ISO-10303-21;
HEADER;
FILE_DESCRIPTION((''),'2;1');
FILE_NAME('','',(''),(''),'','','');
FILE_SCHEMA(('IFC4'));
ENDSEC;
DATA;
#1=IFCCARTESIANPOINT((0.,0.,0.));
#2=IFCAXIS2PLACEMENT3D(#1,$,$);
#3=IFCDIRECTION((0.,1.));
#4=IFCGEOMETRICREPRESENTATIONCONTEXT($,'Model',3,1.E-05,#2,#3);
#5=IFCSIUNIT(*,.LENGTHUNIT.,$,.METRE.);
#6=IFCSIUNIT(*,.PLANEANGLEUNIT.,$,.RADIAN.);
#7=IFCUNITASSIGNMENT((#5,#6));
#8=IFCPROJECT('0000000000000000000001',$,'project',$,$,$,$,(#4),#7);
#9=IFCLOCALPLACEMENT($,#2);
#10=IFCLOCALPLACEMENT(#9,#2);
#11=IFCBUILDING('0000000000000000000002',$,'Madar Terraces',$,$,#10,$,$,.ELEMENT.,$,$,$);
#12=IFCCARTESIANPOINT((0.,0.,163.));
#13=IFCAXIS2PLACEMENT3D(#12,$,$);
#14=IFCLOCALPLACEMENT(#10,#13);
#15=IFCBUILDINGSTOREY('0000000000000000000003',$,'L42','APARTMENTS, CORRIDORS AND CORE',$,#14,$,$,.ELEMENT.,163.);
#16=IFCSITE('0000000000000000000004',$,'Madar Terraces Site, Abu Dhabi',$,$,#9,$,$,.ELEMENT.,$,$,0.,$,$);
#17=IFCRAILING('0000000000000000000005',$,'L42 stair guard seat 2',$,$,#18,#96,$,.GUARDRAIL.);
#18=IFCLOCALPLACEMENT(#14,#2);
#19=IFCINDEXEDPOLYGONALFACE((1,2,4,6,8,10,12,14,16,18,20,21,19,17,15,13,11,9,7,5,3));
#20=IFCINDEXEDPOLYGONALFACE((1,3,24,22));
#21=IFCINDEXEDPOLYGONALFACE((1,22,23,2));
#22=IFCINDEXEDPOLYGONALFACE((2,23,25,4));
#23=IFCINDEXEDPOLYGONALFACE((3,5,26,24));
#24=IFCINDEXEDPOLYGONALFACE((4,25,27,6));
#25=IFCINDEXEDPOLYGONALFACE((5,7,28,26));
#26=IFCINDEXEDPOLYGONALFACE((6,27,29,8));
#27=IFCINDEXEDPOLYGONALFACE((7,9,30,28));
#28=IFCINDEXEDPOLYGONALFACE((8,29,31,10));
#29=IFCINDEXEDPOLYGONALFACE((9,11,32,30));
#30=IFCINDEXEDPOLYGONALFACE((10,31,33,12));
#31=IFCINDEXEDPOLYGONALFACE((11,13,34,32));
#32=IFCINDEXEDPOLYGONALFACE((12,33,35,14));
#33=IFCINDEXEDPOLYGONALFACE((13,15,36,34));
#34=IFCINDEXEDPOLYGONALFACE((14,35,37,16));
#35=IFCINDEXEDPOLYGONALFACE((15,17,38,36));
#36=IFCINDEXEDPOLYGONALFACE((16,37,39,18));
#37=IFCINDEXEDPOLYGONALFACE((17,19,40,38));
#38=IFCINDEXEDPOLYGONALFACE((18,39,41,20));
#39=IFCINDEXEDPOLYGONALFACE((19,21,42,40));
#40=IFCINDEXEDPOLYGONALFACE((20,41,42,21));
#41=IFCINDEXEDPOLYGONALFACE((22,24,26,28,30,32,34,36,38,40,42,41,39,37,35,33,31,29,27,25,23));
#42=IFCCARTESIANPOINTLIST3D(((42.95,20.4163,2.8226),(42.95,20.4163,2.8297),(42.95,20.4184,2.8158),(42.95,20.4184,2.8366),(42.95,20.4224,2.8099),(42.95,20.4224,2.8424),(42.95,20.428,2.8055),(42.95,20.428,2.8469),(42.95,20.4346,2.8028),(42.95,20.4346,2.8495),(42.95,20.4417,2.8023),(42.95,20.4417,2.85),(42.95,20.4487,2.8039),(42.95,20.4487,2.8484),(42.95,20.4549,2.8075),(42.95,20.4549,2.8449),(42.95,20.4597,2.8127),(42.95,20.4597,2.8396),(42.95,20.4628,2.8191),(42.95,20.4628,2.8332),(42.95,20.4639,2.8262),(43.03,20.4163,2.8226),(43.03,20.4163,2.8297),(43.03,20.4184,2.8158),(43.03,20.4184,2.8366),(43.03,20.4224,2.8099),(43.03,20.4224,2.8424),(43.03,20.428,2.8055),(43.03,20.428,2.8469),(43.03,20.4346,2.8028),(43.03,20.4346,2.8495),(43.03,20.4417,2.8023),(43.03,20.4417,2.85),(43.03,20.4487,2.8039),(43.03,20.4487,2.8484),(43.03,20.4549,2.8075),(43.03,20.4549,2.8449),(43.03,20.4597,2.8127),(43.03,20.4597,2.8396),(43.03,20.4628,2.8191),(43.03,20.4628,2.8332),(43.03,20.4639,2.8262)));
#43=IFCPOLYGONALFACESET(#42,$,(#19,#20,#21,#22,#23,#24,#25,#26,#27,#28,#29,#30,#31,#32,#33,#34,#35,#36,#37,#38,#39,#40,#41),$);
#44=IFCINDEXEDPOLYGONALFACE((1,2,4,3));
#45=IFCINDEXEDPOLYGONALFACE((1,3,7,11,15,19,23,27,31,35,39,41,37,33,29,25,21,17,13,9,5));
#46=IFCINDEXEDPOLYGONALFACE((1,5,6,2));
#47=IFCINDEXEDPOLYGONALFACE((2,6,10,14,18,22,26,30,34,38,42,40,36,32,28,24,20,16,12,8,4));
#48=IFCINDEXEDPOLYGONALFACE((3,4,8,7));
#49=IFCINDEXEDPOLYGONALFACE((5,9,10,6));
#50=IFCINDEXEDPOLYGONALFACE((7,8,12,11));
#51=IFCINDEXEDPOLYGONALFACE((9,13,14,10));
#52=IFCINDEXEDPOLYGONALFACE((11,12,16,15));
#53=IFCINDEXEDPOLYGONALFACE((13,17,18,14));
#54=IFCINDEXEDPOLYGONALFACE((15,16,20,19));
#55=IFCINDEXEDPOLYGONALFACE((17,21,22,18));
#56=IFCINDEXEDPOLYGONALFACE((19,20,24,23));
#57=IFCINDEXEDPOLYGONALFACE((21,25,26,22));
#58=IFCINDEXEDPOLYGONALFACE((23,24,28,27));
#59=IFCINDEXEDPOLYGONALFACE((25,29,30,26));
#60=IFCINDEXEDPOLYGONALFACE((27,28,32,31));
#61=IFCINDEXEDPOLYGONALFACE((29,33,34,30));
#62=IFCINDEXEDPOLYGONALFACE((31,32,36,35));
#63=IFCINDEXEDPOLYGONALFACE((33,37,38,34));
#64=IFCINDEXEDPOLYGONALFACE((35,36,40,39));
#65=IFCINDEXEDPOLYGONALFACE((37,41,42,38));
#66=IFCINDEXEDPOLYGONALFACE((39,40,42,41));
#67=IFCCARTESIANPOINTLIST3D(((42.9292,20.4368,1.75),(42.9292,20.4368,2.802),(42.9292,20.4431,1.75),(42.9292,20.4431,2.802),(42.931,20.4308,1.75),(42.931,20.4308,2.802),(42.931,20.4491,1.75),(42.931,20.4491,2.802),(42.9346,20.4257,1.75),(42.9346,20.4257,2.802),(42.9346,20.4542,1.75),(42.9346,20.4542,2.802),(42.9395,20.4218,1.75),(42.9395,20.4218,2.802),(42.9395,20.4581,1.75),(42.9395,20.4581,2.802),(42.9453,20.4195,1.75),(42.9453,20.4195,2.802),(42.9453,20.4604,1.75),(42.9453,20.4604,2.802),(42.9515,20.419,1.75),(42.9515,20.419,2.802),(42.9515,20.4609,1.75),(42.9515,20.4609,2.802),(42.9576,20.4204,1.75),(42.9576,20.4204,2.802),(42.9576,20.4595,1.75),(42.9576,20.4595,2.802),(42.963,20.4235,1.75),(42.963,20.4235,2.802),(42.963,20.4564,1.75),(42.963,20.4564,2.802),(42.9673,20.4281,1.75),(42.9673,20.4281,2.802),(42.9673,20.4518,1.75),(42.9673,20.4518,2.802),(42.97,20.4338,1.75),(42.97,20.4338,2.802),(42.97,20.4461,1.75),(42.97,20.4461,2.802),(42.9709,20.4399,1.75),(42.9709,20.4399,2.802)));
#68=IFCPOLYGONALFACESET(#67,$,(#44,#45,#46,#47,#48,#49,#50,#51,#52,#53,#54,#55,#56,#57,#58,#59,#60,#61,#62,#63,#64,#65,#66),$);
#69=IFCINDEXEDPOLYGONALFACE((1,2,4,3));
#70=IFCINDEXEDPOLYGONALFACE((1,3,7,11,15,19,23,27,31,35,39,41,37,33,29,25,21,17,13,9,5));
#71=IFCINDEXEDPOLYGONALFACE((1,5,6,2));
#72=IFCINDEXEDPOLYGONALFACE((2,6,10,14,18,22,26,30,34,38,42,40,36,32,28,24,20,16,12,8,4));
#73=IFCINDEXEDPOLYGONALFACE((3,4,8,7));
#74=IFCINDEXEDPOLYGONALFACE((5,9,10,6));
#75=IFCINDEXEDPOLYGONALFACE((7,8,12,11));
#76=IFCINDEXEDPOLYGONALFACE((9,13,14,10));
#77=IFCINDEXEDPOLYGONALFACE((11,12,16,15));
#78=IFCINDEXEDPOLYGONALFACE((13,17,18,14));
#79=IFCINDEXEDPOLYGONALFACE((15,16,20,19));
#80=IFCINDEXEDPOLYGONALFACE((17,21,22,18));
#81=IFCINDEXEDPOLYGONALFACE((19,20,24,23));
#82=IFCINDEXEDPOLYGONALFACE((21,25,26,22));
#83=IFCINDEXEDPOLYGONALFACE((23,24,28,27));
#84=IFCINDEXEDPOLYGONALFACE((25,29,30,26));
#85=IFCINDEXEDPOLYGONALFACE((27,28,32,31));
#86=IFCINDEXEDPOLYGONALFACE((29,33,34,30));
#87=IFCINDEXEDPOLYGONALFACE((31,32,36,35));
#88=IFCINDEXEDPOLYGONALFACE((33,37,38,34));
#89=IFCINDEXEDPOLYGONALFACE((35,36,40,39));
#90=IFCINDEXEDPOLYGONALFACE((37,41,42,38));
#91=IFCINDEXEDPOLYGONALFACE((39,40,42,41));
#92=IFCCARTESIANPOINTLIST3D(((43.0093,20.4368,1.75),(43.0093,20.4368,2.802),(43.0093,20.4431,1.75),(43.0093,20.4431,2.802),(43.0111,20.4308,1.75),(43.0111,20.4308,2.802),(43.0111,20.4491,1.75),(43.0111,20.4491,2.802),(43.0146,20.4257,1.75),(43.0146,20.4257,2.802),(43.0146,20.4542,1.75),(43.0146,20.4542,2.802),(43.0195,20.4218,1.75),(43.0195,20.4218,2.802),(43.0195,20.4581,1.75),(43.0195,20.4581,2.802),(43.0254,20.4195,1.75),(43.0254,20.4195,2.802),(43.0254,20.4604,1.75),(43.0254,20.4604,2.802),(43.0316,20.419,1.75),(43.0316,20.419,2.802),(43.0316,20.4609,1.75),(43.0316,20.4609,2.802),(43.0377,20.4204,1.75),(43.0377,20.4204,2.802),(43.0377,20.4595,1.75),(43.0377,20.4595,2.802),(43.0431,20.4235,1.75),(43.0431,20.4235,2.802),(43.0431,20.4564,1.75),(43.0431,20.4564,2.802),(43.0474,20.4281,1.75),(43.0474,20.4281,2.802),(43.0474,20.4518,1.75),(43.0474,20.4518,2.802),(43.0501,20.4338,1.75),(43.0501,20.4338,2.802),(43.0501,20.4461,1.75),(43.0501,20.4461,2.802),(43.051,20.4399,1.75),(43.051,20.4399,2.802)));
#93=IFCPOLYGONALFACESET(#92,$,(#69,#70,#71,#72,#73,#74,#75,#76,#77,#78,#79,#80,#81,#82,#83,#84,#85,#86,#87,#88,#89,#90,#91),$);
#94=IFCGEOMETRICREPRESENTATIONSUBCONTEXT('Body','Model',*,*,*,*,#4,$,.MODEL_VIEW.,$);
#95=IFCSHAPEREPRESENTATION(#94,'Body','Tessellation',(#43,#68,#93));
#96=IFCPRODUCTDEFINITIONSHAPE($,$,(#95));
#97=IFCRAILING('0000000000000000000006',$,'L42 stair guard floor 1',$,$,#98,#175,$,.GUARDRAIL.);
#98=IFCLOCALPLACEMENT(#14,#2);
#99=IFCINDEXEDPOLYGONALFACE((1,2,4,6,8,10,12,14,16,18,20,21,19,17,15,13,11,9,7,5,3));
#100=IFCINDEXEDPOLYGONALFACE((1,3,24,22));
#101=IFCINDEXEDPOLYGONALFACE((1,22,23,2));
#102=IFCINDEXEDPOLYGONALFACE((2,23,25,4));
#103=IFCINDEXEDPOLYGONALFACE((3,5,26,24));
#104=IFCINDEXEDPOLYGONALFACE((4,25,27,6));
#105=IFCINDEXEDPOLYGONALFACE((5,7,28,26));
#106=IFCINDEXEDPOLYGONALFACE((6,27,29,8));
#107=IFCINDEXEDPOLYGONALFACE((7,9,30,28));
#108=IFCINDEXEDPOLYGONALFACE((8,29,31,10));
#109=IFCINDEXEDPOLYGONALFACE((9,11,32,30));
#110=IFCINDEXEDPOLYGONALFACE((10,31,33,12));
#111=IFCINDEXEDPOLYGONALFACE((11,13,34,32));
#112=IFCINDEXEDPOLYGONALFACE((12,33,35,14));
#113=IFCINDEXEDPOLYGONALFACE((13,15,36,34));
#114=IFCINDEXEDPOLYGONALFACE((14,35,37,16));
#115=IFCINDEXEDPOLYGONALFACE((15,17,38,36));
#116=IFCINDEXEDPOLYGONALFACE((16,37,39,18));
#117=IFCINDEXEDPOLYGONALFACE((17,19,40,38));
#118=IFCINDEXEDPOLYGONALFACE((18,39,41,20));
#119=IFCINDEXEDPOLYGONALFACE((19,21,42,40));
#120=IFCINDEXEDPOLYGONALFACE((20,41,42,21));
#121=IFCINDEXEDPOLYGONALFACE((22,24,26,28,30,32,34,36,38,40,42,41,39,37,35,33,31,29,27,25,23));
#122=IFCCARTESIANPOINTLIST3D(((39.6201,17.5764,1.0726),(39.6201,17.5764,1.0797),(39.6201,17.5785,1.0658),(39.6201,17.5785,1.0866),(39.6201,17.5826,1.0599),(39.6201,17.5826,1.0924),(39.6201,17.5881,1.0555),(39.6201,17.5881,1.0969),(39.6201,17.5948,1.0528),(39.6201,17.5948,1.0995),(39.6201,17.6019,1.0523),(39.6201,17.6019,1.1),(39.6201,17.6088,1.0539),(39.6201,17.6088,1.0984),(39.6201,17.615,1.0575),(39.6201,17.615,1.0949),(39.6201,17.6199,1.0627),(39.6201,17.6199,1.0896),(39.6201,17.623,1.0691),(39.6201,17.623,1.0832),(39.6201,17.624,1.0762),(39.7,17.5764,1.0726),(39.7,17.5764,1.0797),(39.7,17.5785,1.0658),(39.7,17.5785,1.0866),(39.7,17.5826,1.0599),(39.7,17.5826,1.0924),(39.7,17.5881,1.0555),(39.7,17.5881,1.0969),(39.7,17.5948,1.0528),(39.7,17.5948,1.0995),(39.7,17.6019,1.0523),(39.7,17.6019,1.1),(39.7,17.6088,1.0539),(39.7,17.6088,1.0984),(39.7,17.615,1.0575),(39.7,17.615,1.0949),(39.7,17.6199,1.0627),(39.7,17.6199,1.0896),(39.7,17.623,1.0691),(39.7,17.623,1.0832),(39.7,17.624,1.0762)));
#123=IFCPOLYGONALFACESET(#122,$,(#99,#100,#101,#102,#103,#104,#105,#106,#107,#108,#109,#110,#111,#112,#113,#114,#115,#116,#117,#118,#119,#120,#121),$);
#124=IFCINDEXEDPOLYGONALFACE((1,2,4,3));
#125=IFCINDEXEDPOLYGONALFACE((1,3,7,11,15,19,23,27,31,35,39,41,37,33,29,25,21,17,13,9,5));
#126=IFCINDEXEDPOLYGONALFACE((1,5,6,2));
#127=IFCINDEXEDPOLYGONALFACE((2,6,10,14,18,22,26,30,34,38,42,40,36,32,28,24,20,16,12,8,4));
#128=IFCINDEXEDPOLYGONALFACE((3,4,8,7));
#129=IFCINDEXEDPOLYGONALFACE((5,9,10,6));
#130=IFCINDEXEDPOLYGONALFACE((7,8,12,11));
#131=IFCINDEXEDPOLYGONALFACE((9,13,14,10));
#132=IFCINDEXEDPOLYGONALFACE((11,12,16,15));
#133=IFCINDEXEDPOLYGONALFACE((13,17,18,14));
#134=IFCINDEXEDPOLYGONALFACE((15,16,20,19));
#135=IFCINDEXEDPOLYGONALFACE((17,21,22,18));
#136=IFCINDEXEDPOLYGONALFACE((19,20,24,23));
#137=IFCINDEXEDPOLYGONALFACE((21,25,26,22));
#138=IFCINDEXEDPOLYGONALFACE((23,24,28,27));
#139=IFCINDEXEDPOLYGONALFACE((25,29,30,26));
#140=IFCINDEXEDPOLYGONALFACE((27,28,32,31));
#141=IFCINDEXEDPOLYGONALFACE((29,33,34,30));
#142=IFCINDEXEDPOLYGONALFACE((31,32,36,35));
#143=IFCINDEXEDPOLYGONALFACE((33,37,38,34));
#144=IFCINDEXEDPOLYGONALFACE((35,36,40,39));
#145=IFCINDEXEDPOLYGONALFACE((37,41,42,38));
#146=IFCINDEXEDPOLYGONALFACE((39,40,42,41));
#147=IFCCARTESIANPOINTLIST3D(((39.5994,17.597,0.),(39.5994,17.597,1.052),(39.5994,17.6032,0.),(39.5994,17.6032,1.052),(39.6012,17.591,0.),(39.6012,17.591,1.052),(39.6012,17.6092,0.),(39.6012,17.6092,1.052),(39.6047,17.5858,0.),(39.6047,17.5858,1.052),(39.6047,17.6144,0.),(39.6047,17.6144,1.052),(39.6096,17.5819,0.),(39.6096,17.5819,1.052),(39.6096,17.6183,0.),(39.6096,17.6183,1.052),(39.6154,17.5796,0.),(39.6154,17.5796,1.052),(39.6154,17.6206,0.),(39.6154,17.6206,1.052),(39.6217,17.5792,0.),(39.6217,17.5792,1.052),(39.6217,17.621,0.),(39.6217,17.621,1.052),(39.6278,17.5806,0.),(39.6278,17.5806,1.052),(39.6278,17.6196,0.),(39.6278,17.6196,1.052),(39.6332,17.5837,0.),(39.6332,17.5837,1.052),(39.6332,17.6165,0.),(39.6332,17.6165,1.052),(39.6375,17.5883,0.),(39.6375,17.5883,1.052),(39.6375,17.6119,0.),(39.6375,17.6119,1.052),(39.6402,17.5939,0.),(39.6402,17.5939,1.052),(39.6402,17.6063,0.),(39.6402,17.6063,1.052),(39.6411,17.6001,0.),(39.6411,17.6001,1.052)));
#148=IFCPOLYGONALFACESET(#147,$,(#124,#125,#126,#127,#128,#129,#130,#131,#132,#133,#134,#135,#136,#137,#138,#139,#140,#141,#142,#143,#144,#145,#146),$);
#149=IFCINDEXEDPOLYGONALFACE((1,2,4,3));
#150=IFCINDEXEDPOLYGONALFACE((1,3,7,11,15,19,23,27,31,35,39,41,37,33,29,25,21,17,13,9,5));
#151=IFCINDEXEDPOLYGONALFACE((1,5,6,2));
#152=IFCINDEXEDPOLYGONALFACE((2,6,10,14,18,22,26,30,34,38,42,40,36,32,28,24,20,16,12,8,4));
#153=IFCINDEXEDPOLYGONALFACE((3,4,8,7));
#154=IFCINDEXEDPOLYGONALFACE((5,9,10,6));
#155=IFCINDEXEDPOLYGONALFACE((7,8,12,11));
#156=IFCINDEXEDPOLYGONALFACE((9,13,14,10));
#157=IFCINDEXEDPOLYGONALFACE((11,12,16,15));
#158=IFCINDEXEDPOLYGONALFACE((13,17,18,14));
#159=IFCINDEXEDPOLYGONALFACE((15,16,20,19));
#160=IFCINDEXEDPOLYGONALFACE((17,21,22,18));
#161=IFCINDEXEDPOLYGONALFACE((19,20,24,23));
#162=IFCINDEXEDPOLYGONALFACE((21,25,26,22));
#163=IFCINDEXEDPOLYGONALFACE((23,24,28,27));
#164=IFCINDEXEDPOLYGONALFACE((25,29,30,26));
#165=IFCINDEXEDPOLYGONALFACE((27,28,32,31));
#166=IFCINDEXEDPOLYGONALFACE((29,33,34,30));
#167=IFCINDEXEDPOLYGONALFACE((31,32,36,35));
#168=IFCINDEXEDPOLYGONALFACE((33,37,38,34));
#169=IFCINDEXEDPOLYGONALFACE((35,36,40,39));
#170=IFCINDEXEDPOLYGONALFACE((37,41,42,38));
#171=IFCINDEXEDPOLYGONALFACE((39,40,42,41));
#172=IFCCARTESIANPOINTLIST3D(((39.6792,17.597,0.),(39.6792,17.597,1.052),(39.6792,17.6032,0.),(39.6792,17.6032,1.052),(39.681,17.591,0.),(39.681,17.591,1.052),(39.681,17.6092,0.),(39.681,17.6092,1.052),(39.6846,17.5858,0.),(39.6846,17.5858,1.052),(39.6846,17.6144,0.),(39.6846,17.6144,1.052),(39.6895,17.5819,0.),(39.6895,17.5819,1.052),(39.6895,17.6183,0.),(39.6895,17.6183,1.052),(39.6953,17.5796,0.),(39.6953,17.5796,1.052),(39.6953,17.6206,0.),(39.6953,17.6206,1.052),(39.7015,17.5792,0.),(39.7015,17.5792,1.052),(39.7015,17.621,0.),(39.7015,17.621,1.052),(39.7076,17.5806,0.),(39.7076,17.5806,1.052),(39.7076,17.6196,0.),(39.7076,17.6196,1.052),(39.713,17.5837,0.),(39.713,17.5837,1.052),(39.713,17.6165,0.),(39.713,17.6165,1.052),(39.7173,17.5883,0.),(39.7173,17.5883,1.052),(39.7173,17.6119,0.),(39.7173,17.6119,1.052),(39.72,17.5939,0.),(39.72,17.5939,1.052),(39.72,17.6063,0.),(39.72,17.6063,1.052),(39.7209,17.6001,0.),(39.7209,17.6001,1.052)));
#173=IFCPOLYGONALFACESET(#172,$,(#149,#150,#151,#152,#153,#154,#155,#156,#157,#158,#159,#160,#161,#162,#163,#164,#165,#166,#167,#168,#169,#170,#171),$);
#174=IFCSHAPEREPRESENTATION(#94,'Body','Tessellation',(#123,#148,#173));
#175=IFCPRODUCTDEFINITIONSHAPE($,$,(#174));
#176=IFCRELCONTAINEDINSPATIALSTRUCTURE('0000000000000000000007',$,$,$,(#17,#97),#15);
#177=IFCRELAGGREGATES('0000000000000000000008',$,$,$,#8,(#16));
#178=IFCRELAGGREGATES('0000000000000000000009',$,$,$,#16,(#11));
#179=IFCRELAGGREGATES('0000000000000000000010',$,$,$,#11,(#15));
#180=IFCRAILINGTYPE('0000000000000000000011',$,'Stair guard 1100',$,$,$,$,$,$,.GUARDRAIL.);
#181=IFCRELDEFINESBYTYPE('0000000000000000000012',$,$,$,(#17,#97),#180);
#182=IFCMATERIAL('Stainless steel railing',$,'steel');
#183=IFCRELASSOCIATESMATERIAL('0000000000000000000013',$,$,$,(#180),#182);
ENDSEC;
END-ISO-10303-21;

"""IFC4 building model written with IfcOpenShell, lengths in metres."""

from ifc_helpers import new_model, si_unit, direction, frame, origin, origin_2d, place, context, subcontext, project, spatial, circle, extrude, material, type_object, element, save


model = new_model("IFC4")

# Units and contexts
model_context = context("Model", 3, precision=1e-05, world=origin(), true_north=direction((0.0, 1.0)))
body_context = subcontext(model_context, "Body", "Model", "MODEL_VIEW")
ifc_project = project(units=[si_unit("LENGTHUNIT", "METRE"), si_unit("PLANEANGLEUNIT", "RADIAN")], contexts=[model_context])

# Site, building, storey
site_placement = place(None, origin())
site = spatial("IfcSite", under=ifc_project, at=site_placement, Name="Madar Terraces Site, Abu Dhabi", CompositionType="ELEMENT", RefElevation=0.0)
building_placement = place(site_placement, origin())
building = spatial("IfcBuilding", under=site, at=building_placement, Name="Madar Terraces", CompositionType="ELEMENT")
storey_placement = place(building_placement, frame((0.0, 0.0, 163.0)))
storey = spatial("IfcBuildingStorey", under=building, at=storey_placement, Name="L42", Description="APARTMENTS, CORRIDORS AND CORE", CompositionType="ELEMENT", Elevation=163.0)

# Railings
ifc_material_1 = material(Name="Stainless steel railing", Category="steel")
railing_type_1 = type_object("IfcRailingType", Name="Stair guard 1100", PredefinedType="GUARDRAIL", material=ifc_material_1)
railing_1_placement = place(storey_placement, frame((42.95, 20.4399, 1.75)))
element("IfcRailing", 1, at=railing_1_placement, inside=storey, type_object=railing_type_1, Name="L42 stair guard seat 2", PredefinedType="GUARDRAIL", context=body_context, shape_type="SweptSolid", body=[
    extrude(circle(Radius=0.0239, at=origin_2d()), frame((0.0, 0.0, 1.0762), z_axis=(1.0, 0.0, 0.0), x_axis=(0.0, 1.0, 0.0)), (0.0, 0.0, 1.0), 0.0801),
    extrude(circle(Radius=0.021, at=origin_2d()), origin(), (0.0, 0.0, 1.0), 1.052),
    extrude(circle(Radius=0.021, at=origin_2d()), frame((0.0801, 0.0, 0.0)), (0.0, 0.0, 1.0), 1.052),
])
railing_2_placement = place(storey_placement, frame((39.6201, 17.6001, 0.0)))
element("IfcRailing", 2, at=railing_2_placement, inside=storey, type_object=railing_type_1, Name="L42 stair guard floor 1", PredefinedType="GUARDRAIL", context=body_context, shape_type="SweptSolid", body=[
    extrude(circle(Radius=0.0239, at=origin_2d()), frame((0.0, 0.0, 1.0762), z_axis=(1.0, 0.0, 0.0), x_axis=(0.0, 1.0, 0.0)), (0.0, 0.0, 1.0), 0.0798),
    extrude(circle(Radius=0.021, at=origin_2d()), origin(), (0.0, 0.0, 1.0), 1.052),
    extrude(circle(Radius=0.021, at=origin_2d()), frame((0.0798, 0.0, 0.0)), (0.0, 0.0, 1.0), 1.052),
])

save(model, "model.ifc")
